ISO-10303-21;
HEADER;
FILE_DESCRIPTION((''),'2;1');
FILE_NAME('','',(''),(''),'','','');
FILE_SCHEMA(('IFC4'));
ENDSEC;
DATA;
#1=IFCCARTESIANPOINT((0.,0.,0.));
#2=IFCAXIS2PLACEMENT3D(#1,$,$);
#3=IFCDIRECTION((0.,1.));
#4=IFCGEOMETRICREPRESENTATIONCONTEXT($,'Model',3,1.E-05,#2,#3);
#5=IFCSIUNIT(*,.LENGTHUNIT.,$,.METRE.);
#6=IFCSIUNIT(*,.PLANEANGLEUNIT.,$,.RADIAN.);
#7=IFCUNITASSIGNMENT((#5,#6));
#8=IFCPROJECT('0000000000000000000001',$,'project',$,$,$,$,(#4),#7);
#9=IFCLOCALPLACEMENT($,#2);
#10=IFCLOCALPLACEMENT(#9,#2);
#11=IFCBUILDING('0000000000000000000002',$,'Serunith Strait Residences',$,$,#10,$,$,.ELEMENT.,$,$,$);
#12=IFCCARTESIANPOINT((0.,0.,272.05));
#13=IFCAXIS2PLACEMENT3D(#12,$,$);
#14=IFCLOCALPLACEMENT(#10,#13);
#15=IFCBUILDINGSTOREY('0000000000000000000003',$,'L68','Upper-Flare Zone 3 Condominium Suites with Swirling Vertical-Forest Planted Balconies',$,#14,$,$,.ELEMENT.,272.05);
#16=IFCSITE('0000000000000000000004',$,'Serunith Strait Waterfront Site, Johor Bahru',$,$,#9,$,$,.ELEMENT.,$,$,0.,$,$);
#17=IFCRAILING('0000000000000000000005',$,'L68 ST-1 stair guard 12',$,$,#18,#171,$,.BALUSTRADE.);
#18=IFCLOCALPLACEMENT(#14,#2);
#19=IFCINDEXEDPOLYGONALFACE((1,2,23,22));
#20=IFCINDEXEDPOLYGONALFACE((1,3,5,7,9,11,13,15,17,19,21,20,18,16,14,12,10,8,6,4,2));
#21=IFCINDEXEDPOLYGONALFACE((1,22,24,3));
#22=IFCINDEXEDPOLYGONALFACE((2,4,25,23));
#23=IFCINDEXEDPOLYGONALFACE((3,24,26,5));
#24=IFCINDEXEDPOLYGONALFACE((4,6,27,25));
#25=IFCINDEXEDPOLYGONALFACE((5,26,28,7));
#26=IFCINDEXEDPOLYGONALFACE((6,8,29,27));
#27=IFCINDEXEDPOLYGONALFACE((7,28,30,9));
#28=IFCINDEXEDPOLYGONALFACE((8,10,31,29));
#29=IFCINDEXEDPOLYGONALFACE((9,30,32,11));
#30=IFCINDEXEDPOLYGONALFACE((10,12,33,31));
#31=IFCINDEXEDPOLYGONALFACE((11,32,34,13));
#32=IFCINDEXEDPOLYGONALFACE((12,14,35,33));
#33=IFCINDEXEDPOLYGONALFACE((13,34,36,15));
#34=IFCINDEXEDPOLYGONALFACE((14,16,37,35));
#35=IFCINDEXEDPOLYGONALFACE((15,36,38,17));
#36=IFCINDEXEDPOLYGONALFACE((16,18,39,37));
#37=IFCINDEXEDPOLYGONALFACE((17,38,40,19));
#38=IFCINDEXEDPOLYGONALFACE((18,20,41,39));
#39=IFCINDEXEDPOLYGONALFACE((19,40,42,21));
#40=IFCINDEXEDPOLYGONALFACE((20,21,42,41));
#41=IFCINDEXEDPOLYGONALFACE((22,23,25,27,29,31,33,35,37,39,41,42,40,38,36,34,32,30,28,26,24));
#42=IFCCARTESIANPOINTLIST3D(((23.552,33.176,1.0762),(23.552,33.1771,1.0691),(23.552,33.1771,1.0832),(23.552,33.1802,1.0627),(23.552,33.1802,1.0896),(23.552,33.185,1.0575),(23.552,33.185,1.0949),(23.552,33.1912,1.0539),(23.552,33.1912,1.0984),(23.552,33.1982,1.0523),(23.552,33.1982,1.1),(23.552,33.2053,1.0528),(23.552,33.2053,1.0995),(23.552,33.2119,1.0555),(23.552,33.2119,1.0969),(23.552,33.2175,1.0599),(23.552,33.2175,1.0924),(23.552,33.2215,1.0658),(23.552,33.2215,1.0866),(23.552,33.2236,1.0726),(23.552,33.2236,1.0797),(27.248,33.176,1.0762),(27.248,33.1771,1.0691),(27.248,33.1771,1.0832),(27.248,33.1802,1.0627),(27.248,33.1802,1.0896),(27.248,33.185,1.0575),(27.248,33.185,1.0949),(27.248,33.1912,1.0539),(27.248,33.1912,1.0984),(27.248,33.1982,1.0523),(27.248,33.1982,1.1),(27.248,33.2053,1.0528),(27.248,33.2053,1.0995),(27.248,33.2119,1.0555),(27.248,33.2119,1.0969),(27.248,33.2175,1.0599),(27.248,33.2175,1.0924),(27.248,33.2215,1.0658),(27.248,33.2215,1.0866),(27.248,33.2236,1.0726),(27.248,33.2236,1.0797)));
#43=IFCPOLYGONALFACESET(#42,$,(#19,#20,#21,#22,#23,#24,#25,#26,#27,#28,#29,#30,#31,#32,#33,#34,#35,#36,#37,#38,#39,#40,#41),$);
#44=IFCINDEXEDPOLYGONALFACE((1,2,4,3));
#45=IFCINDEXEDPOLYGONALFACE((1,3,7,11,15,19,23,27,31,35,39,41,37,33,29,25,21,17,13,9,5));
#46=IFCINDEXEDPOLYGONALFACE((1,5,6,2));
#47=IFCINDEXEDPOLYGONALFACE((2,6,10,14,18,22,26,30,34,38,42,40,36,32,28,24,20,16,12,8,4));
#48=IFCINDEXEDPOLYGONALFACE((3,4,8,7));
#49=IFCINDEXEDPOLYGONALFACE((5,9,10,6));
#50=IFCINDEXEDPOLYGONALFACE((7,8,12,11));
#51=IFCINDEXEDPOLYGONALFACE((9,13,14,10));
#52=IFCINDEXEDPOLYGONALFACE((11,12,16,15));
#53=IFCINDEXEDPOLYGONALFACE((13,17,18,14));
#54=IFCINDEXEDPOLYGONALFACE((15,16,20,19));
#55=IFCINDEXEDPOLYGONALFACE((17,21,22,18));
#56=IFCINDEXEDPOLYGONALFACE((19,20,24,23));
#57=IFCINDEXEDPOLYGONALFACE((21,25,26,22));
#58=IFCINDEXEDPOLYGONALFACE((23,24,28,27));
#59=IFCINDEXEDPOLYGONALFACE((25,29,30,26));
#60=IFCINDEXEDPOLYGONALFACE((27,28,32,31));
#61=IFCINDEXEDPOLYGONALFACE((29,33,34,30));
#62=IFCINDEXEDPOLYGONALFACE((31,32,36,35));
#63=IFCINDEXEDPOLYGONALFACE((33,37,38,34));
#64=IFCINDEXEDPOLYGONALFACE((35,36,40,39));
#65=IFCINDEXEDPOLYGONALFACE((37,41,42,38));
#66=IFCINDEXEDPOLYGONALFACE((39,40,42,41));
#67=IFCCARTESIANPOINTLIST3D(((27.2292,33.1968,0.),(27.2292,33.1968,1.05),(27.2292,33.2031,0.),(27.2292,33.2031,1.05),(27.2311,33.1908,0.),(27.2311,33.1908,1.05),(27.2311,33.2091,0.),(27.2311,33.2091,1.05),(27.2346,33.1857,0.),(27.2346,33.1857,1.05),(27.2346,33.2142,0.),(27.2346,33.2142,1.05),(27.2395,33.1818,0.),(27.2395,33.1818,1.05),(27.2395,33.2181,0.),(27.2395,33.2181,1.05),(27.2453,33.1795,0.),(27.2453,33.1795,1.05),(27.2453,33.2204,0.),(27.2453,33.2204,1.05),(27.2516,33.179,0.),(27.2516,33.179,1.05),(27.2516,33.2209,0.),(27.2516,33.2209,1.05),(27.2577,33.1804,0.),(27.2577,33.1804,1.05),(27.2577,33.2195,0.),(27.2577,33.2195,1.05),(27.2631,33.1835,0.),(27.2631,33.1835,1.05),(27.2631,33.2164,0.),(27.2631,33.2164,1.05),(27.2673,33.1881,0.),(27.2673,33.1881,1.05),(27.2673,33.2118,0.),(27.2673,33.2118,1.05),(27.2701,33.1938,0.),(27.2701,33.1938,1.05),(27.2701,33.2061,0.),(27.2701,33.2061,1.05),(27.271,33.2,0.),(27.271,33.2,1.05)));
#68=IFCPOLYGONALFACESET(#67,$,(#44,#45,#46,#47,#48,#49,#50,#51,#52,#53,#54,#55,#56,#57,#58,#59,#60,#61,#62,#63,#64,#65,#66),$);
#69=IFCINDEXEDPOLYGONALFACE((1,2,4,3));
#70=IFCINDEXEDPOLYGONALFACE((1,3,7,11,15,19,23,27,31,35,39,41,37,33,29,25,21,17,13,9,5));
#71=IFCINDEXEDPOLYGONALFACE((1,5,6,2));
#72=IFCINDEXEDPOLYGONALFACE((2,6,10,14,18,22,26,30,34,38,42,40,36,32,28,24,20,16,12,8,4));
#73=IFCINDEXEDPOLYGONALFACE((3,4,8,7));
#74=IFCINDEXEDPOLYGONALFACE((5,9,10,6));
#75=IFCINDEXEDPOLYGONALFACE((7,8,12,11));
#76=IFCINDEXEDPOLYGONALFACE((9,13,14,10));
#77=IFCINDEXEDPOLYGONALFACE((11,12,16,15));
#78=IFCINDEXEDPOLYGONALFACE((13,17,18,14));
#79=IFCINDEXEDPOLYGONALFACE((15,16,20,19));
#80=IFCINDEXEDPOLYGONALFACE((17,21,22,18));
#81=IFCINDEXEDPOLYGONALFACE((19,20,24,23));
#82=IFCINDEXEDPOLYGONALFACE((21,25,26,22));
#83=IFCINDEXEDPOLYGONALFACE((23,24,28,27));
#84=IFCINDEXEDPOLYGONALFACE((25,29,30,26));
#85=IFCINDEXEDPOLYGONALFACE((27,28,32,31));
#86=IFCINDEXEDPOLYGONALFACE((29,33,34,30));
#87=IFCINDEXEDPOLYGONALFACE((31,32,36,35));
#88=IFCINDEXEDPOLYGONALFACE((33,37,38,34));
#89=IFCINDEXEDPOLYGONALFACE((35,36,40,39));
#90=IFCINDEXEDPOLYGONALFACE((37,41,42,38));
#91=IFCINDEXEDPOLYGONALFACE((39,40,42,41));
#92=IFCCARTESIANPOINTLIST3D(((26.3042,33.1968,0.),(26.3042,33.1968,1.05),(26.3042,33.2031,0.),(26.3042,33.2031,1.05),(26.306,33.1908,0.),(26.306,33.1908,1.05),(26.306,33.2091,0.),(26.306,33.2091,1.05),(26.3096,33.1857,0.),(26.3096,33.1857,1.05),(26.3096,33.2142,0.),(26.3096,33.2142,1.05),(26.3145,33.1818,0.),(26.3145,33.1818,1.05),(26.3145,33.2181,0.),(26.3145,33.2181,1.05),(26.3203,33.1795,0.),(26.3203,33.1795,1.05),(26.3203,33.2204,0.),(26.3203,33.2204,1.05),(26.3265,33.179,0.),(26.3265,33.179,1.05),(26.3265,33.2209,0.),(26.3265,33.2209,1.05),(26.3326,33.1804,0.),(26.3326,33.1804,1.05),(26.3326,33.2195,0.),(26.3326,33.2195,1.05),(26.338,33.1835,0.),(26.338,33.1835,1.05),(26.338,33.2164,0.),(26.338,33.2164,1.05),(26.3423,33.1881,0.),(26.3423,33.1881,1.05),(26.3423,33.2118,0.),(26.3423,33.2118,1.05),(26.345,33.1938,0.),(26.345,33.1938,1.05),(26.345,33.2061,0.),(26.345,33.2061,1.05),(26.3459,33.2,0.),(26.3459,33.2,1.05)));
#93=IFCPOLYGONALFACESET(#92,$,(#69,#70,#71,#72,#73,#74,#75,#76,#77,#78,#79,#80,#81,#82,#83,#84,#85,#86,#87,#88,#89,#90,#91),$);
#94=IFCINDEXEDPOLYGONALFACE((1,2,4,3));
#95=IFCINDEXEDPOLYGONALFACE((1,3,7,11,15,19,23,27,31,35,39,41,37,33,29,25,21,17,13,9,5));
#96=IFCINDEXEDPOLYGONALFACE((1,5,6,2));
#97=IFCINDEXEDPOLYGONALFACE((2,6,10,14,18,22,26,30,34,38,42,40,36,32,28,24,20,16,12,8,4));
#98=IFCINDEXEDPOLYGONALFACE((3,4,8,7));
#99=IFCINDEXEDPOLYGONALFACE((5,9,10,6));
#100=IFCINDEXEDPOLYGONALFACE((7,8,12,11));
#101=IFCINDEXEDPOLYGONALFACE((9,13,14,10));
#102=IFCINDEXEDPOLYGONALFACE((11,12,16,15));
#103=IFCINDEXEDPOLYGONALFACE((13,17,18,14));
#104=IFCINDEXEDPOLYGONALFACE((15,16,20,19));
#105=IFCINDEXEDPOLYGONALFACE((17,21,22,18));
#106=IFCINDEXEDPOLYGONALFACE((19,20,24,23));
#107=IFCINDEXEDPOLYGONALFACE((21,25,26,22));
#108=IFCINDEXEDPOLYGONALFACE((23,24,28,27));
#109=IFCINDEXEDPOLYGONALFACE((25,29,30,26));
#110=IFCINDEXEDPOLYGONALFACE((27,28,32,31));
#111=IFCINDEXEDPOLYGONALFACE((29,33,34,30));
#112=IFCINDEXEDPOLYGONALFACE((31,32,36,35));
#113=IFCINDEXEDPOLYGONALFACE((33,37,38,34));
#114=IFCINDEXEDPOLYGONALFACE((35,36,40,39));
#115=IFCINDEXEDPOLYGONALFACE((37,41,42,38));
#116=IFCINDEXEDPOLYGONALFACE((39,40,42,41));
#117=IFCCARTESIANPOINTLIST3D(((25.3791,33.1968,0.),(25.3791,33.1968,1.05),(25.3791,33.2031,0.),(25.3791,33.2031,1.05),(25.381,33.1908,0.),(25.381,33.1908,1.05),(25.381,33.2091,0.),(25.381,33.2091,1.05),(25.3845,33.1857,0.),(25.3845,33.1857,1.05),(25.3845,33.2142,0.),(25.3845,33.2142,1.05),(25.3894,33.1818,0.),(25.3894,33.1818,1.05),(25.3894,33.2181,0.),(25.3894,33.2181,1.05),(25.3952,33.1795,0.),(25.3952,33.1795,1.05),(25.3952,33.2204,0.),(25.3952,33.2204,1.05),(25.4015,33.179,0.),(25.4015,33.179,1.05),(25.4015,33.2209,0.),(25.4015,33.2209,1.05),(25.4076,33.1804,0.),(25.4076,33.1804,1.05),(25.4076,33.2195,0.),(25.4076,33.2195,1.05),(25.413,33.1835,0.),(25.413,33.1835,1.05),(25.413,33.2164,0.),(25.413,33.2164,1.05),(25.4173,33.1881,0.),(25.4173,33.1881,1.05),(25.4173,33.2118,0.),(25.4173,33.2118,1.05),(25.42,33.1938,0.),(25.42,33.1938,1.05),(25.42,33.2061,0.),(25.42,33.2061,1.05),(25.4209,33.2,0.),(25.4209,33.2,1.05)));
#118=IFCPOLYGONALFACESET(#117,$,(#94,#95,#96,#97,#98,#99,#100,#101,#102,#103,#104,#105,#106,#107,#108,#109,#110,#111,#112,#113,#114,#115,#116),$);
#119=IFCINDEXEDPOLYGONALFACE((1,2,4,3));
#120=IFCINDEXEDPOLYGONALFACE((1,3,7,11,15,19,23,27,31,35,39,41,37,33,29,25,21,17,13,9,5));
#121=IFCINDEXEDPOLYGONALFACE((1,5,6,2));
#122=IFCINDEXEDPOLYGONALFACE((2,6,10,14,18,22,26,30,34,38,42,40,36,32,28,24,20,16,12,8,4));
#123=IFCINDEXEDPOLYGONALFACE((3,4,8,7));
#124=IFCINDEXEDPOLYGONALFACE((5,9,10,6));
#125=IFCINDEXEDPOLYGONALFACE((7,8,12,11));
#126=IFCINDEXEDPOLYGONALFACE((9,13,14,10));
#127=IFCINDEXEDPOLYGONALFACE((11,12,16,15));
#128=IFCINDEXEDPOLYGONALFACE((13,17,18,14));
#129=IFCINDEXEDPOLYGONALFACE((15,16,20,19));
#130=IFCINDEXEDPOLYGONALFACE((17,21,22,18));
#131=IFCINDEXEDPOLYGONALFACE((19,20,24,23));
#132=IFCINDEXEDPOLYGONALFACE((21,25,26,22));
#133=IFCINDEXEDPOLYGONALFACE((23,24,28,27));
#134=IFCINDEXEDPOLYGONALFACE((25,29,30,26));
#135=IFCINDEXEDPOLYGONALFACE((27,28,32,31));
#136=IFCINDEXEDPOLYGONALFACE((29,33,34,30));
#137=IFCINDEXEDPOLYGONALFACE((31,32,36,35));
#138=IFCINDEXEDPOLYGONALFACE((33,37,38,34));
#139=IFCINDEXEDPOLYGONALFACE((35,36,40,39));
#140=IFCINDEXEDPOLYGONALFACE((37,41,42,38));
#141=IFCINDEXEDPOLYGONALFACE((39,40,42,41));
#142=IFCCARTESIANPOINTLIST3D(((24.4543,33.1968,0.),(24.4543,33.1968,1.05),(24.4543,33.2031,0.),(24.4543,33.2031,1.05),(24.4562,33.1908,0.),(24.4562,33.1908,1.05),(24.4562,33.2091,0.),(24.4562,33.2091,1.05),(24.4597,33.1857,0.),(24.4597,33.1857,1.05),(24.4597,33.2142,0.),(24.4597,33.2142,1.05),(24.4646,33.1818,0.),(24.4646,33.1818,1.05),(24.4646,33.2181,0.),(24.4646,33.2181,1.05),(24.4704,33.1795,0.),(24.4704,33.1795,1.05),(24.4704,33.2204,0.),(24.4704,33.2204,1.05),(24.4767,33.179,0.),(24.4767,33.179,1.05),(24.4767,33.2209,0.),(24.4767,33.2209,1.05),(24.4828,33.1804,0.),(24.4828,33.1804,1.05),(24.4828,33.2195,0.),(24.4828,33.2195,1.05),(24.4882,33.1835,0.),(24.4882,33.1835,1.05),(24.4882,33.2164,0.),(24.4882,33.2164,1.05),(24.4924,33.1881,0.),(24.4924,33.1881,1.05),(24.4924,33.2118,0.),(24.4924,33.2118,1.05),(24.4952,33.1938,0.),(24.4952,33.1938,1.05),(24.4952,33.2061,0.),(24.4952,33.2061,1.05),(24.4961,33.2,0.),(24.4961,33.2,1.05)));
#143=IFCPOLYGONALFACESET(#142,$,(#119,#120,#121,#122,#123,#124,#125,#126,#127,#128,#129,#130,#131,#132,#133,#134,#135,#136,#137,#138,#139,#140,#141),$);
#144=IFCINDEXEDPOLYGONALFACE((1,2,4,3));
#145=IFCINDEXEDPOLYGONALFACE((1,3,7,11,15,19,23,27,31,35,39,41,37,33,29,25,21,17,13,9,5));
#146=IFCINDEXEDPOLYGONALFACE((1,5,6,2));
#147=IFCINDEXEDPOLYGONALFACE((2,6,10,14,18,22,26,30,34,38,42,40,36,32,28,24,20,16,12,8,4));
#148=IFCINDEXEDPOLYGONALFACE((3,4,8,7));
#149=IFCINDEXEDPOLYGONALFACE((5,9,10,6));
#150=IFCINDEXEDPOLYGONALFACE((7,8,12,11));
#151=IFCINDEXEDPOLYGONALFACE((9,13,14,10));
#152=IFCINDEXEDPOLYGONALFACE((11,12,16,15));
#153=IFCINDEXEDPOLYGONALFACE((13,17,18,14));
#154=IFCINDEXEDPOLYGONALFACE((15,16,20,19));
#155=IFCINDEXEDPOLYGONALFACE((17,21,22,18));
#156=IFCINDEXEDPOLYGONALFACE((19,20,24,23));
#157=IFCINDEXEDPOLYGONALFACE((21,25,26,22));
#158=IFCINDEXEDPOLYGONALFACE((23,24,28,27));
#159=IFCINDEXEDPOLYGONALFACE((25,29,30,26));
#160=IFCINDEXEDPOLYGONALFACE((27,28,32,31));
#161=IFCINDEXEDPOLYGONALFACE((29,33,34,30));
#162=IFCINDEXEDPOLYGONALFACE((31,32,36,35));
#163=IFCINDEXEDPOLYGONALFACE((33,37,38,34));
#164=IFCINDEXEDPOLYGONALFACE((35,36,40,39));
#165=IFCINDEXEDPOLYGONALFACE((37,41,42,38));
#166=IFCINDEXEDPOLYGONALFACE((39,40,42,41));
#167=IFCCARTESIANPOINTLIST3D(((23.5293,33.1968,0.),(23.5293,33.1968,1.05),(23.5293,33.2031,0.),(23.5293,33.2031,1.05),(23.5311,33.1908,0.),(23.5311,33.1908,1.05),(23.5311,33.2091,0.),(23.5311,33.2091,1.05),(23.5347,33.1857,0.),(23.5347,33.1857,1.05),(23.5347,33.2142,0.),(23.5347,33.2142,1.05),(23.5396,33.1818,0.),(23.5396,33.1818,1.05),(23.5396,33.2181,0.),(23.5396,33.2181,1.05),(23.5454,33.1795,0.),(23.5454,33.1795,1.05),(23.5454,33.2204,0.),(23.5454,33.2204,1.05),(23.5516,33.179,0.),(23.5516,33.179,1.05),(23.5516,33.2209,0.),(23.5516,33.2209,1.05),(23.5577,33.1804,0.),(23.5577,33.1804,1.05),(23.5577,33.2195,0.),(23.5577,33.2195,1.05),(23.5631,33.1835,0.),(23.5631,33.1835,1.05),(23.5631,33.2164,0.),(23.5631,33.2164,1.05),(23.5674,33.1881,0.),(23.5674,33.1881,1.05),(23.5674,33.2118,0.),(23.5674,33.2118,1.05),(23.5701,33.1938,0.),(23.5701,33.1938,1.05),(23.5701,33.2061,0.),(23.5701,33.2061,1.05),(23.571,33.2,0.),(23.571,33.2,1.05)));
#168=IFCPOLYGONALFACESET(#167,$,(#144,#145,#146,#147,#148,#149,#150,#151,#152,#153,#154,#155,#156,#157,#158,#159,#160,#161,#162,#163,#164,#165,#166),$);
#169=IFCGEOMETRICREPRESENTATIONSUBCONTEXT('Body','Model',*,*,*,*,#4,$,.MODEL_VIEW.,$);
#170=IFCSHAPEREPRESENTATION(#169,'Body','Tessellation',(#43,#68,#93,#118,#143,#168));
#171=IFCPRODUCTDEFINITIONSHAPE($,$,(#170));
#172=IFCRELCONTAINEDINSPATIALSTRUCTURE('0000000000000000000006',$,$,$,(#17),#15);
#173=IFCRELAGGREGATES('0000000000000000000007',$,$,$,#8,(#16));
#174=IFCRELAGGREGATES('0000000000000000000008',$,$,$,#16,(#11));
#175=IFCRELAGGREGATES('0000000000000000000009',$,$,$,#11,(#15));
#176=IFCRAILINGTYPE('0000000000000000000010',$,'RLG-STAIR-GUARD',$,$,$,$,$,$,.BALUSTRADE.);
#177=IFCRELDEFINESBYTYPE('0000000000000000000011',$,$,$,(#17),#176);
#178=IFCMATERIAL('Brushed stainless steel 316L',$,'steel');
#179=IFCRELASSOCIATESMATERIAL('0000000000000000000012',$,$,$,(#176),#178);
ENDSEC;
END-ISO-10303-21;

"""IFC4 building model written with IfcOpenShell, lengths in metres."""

from ifc_helpers import new_model, si_unit, direction, frame, origin, origin_2d, place, context, subcontext, project, spatial, circle, extrude, material, type_object, element, save


model = new_model("IFC4")

# Units and contexts
model_context = context("Model", 3, precision=1e-05, world=origin(), true_north=direction((0.0, 1.0)))
body_context = subcontext(model_context, "Body", "Model", "MODEL_VIEW")
ifc_project = project(units=[si_unit("LENGTHUNIT", "METRE"), si_unit("PLANEANGLEUNIT", "RADIAN")], contexts=[model_context])

# Site, building, storey
site_placement = place(None, origin())
site = spatial("IfcSite", under=ifc_project, at=site_placement, Name="Serunith Strait Waterfront Site, Johor Bahru", CompositionType="ELEMENT", RefElevation=0.0)
building_placement = place(site_placement, origin())
building = spatial("IfcBuilding", under=site, at=building_placement, Name="Serunith Strait Residences", CompositionType="ELEMENT")
storey_placement = place(building_placement, frame((0.0, 0.0, 272.05)))
storey = spatial("IfcBuildingStorey", under=building, at=storey_placement, Name="L68", Description="Upper-Flare Zone 3 Condominium Suites with Swirling Vertical-Forest Planted Balconies", CompositionType="ELEMENT", Elevation=272.05)

# Railing
ifc_material_1 = material(Name="Brushed stainless steel 316L", Category="steel")
railing_type_1 = type_object("IfcRailingType", Name="RLG-STAIR-GUARD", PredefinedType="BALUSTRADE", material=ifc_material_1)
railing_1_placement = place(storey_placement, frame((27.25, 33.2, 0.0)))
element("IfcRailing", 1, at=railing_1_placement, inside=storey, type_object=railing_type_1, Name="L68 ST-1 stair guard 12", PredefinedType="BALUSTRADE", context=body_context, shape_type="SweptSolid", body=[
    extrude(circle(Radius=0.0239, at=origin_2d()), frame((-0.002, 0.0, 1.0762), z_axis=(-1.0, 0.0, 0.0), x_axis=(0.0, -1.0, 0.0)), (0.0, 0.0, 1.0), 3.696),
    extrude(circle(Radius=0.021, at=origin_2d()), origin(), (0.0, 0.0, 1.0), 1.05),
    extrude(circle(Radius=0.021, at=origin_2d()), frame((-0.925, 0.0, 0.0)), (0.0, 0.0, 1.0), 1.05),
    extrude(circle(Radius=0.021, at=origin_2d()), frame((-1.8501, 0.0, 0.0)), (0.0, 0.0, 1.0), 1.05),
    extrude(circle(Radius=0.021, at=origin_2d()), frame((-2.7749, 0.0, 0.0)), (0.0, 0.0, 1.0), 1.05),
    extrude(circle(Radius=0.021, at=origin_2d()), frame((-3.7, 0.0, 0.0)), (0.0, 0.0, 1.0), 1.05),
])

save(model, "model.ifc")
